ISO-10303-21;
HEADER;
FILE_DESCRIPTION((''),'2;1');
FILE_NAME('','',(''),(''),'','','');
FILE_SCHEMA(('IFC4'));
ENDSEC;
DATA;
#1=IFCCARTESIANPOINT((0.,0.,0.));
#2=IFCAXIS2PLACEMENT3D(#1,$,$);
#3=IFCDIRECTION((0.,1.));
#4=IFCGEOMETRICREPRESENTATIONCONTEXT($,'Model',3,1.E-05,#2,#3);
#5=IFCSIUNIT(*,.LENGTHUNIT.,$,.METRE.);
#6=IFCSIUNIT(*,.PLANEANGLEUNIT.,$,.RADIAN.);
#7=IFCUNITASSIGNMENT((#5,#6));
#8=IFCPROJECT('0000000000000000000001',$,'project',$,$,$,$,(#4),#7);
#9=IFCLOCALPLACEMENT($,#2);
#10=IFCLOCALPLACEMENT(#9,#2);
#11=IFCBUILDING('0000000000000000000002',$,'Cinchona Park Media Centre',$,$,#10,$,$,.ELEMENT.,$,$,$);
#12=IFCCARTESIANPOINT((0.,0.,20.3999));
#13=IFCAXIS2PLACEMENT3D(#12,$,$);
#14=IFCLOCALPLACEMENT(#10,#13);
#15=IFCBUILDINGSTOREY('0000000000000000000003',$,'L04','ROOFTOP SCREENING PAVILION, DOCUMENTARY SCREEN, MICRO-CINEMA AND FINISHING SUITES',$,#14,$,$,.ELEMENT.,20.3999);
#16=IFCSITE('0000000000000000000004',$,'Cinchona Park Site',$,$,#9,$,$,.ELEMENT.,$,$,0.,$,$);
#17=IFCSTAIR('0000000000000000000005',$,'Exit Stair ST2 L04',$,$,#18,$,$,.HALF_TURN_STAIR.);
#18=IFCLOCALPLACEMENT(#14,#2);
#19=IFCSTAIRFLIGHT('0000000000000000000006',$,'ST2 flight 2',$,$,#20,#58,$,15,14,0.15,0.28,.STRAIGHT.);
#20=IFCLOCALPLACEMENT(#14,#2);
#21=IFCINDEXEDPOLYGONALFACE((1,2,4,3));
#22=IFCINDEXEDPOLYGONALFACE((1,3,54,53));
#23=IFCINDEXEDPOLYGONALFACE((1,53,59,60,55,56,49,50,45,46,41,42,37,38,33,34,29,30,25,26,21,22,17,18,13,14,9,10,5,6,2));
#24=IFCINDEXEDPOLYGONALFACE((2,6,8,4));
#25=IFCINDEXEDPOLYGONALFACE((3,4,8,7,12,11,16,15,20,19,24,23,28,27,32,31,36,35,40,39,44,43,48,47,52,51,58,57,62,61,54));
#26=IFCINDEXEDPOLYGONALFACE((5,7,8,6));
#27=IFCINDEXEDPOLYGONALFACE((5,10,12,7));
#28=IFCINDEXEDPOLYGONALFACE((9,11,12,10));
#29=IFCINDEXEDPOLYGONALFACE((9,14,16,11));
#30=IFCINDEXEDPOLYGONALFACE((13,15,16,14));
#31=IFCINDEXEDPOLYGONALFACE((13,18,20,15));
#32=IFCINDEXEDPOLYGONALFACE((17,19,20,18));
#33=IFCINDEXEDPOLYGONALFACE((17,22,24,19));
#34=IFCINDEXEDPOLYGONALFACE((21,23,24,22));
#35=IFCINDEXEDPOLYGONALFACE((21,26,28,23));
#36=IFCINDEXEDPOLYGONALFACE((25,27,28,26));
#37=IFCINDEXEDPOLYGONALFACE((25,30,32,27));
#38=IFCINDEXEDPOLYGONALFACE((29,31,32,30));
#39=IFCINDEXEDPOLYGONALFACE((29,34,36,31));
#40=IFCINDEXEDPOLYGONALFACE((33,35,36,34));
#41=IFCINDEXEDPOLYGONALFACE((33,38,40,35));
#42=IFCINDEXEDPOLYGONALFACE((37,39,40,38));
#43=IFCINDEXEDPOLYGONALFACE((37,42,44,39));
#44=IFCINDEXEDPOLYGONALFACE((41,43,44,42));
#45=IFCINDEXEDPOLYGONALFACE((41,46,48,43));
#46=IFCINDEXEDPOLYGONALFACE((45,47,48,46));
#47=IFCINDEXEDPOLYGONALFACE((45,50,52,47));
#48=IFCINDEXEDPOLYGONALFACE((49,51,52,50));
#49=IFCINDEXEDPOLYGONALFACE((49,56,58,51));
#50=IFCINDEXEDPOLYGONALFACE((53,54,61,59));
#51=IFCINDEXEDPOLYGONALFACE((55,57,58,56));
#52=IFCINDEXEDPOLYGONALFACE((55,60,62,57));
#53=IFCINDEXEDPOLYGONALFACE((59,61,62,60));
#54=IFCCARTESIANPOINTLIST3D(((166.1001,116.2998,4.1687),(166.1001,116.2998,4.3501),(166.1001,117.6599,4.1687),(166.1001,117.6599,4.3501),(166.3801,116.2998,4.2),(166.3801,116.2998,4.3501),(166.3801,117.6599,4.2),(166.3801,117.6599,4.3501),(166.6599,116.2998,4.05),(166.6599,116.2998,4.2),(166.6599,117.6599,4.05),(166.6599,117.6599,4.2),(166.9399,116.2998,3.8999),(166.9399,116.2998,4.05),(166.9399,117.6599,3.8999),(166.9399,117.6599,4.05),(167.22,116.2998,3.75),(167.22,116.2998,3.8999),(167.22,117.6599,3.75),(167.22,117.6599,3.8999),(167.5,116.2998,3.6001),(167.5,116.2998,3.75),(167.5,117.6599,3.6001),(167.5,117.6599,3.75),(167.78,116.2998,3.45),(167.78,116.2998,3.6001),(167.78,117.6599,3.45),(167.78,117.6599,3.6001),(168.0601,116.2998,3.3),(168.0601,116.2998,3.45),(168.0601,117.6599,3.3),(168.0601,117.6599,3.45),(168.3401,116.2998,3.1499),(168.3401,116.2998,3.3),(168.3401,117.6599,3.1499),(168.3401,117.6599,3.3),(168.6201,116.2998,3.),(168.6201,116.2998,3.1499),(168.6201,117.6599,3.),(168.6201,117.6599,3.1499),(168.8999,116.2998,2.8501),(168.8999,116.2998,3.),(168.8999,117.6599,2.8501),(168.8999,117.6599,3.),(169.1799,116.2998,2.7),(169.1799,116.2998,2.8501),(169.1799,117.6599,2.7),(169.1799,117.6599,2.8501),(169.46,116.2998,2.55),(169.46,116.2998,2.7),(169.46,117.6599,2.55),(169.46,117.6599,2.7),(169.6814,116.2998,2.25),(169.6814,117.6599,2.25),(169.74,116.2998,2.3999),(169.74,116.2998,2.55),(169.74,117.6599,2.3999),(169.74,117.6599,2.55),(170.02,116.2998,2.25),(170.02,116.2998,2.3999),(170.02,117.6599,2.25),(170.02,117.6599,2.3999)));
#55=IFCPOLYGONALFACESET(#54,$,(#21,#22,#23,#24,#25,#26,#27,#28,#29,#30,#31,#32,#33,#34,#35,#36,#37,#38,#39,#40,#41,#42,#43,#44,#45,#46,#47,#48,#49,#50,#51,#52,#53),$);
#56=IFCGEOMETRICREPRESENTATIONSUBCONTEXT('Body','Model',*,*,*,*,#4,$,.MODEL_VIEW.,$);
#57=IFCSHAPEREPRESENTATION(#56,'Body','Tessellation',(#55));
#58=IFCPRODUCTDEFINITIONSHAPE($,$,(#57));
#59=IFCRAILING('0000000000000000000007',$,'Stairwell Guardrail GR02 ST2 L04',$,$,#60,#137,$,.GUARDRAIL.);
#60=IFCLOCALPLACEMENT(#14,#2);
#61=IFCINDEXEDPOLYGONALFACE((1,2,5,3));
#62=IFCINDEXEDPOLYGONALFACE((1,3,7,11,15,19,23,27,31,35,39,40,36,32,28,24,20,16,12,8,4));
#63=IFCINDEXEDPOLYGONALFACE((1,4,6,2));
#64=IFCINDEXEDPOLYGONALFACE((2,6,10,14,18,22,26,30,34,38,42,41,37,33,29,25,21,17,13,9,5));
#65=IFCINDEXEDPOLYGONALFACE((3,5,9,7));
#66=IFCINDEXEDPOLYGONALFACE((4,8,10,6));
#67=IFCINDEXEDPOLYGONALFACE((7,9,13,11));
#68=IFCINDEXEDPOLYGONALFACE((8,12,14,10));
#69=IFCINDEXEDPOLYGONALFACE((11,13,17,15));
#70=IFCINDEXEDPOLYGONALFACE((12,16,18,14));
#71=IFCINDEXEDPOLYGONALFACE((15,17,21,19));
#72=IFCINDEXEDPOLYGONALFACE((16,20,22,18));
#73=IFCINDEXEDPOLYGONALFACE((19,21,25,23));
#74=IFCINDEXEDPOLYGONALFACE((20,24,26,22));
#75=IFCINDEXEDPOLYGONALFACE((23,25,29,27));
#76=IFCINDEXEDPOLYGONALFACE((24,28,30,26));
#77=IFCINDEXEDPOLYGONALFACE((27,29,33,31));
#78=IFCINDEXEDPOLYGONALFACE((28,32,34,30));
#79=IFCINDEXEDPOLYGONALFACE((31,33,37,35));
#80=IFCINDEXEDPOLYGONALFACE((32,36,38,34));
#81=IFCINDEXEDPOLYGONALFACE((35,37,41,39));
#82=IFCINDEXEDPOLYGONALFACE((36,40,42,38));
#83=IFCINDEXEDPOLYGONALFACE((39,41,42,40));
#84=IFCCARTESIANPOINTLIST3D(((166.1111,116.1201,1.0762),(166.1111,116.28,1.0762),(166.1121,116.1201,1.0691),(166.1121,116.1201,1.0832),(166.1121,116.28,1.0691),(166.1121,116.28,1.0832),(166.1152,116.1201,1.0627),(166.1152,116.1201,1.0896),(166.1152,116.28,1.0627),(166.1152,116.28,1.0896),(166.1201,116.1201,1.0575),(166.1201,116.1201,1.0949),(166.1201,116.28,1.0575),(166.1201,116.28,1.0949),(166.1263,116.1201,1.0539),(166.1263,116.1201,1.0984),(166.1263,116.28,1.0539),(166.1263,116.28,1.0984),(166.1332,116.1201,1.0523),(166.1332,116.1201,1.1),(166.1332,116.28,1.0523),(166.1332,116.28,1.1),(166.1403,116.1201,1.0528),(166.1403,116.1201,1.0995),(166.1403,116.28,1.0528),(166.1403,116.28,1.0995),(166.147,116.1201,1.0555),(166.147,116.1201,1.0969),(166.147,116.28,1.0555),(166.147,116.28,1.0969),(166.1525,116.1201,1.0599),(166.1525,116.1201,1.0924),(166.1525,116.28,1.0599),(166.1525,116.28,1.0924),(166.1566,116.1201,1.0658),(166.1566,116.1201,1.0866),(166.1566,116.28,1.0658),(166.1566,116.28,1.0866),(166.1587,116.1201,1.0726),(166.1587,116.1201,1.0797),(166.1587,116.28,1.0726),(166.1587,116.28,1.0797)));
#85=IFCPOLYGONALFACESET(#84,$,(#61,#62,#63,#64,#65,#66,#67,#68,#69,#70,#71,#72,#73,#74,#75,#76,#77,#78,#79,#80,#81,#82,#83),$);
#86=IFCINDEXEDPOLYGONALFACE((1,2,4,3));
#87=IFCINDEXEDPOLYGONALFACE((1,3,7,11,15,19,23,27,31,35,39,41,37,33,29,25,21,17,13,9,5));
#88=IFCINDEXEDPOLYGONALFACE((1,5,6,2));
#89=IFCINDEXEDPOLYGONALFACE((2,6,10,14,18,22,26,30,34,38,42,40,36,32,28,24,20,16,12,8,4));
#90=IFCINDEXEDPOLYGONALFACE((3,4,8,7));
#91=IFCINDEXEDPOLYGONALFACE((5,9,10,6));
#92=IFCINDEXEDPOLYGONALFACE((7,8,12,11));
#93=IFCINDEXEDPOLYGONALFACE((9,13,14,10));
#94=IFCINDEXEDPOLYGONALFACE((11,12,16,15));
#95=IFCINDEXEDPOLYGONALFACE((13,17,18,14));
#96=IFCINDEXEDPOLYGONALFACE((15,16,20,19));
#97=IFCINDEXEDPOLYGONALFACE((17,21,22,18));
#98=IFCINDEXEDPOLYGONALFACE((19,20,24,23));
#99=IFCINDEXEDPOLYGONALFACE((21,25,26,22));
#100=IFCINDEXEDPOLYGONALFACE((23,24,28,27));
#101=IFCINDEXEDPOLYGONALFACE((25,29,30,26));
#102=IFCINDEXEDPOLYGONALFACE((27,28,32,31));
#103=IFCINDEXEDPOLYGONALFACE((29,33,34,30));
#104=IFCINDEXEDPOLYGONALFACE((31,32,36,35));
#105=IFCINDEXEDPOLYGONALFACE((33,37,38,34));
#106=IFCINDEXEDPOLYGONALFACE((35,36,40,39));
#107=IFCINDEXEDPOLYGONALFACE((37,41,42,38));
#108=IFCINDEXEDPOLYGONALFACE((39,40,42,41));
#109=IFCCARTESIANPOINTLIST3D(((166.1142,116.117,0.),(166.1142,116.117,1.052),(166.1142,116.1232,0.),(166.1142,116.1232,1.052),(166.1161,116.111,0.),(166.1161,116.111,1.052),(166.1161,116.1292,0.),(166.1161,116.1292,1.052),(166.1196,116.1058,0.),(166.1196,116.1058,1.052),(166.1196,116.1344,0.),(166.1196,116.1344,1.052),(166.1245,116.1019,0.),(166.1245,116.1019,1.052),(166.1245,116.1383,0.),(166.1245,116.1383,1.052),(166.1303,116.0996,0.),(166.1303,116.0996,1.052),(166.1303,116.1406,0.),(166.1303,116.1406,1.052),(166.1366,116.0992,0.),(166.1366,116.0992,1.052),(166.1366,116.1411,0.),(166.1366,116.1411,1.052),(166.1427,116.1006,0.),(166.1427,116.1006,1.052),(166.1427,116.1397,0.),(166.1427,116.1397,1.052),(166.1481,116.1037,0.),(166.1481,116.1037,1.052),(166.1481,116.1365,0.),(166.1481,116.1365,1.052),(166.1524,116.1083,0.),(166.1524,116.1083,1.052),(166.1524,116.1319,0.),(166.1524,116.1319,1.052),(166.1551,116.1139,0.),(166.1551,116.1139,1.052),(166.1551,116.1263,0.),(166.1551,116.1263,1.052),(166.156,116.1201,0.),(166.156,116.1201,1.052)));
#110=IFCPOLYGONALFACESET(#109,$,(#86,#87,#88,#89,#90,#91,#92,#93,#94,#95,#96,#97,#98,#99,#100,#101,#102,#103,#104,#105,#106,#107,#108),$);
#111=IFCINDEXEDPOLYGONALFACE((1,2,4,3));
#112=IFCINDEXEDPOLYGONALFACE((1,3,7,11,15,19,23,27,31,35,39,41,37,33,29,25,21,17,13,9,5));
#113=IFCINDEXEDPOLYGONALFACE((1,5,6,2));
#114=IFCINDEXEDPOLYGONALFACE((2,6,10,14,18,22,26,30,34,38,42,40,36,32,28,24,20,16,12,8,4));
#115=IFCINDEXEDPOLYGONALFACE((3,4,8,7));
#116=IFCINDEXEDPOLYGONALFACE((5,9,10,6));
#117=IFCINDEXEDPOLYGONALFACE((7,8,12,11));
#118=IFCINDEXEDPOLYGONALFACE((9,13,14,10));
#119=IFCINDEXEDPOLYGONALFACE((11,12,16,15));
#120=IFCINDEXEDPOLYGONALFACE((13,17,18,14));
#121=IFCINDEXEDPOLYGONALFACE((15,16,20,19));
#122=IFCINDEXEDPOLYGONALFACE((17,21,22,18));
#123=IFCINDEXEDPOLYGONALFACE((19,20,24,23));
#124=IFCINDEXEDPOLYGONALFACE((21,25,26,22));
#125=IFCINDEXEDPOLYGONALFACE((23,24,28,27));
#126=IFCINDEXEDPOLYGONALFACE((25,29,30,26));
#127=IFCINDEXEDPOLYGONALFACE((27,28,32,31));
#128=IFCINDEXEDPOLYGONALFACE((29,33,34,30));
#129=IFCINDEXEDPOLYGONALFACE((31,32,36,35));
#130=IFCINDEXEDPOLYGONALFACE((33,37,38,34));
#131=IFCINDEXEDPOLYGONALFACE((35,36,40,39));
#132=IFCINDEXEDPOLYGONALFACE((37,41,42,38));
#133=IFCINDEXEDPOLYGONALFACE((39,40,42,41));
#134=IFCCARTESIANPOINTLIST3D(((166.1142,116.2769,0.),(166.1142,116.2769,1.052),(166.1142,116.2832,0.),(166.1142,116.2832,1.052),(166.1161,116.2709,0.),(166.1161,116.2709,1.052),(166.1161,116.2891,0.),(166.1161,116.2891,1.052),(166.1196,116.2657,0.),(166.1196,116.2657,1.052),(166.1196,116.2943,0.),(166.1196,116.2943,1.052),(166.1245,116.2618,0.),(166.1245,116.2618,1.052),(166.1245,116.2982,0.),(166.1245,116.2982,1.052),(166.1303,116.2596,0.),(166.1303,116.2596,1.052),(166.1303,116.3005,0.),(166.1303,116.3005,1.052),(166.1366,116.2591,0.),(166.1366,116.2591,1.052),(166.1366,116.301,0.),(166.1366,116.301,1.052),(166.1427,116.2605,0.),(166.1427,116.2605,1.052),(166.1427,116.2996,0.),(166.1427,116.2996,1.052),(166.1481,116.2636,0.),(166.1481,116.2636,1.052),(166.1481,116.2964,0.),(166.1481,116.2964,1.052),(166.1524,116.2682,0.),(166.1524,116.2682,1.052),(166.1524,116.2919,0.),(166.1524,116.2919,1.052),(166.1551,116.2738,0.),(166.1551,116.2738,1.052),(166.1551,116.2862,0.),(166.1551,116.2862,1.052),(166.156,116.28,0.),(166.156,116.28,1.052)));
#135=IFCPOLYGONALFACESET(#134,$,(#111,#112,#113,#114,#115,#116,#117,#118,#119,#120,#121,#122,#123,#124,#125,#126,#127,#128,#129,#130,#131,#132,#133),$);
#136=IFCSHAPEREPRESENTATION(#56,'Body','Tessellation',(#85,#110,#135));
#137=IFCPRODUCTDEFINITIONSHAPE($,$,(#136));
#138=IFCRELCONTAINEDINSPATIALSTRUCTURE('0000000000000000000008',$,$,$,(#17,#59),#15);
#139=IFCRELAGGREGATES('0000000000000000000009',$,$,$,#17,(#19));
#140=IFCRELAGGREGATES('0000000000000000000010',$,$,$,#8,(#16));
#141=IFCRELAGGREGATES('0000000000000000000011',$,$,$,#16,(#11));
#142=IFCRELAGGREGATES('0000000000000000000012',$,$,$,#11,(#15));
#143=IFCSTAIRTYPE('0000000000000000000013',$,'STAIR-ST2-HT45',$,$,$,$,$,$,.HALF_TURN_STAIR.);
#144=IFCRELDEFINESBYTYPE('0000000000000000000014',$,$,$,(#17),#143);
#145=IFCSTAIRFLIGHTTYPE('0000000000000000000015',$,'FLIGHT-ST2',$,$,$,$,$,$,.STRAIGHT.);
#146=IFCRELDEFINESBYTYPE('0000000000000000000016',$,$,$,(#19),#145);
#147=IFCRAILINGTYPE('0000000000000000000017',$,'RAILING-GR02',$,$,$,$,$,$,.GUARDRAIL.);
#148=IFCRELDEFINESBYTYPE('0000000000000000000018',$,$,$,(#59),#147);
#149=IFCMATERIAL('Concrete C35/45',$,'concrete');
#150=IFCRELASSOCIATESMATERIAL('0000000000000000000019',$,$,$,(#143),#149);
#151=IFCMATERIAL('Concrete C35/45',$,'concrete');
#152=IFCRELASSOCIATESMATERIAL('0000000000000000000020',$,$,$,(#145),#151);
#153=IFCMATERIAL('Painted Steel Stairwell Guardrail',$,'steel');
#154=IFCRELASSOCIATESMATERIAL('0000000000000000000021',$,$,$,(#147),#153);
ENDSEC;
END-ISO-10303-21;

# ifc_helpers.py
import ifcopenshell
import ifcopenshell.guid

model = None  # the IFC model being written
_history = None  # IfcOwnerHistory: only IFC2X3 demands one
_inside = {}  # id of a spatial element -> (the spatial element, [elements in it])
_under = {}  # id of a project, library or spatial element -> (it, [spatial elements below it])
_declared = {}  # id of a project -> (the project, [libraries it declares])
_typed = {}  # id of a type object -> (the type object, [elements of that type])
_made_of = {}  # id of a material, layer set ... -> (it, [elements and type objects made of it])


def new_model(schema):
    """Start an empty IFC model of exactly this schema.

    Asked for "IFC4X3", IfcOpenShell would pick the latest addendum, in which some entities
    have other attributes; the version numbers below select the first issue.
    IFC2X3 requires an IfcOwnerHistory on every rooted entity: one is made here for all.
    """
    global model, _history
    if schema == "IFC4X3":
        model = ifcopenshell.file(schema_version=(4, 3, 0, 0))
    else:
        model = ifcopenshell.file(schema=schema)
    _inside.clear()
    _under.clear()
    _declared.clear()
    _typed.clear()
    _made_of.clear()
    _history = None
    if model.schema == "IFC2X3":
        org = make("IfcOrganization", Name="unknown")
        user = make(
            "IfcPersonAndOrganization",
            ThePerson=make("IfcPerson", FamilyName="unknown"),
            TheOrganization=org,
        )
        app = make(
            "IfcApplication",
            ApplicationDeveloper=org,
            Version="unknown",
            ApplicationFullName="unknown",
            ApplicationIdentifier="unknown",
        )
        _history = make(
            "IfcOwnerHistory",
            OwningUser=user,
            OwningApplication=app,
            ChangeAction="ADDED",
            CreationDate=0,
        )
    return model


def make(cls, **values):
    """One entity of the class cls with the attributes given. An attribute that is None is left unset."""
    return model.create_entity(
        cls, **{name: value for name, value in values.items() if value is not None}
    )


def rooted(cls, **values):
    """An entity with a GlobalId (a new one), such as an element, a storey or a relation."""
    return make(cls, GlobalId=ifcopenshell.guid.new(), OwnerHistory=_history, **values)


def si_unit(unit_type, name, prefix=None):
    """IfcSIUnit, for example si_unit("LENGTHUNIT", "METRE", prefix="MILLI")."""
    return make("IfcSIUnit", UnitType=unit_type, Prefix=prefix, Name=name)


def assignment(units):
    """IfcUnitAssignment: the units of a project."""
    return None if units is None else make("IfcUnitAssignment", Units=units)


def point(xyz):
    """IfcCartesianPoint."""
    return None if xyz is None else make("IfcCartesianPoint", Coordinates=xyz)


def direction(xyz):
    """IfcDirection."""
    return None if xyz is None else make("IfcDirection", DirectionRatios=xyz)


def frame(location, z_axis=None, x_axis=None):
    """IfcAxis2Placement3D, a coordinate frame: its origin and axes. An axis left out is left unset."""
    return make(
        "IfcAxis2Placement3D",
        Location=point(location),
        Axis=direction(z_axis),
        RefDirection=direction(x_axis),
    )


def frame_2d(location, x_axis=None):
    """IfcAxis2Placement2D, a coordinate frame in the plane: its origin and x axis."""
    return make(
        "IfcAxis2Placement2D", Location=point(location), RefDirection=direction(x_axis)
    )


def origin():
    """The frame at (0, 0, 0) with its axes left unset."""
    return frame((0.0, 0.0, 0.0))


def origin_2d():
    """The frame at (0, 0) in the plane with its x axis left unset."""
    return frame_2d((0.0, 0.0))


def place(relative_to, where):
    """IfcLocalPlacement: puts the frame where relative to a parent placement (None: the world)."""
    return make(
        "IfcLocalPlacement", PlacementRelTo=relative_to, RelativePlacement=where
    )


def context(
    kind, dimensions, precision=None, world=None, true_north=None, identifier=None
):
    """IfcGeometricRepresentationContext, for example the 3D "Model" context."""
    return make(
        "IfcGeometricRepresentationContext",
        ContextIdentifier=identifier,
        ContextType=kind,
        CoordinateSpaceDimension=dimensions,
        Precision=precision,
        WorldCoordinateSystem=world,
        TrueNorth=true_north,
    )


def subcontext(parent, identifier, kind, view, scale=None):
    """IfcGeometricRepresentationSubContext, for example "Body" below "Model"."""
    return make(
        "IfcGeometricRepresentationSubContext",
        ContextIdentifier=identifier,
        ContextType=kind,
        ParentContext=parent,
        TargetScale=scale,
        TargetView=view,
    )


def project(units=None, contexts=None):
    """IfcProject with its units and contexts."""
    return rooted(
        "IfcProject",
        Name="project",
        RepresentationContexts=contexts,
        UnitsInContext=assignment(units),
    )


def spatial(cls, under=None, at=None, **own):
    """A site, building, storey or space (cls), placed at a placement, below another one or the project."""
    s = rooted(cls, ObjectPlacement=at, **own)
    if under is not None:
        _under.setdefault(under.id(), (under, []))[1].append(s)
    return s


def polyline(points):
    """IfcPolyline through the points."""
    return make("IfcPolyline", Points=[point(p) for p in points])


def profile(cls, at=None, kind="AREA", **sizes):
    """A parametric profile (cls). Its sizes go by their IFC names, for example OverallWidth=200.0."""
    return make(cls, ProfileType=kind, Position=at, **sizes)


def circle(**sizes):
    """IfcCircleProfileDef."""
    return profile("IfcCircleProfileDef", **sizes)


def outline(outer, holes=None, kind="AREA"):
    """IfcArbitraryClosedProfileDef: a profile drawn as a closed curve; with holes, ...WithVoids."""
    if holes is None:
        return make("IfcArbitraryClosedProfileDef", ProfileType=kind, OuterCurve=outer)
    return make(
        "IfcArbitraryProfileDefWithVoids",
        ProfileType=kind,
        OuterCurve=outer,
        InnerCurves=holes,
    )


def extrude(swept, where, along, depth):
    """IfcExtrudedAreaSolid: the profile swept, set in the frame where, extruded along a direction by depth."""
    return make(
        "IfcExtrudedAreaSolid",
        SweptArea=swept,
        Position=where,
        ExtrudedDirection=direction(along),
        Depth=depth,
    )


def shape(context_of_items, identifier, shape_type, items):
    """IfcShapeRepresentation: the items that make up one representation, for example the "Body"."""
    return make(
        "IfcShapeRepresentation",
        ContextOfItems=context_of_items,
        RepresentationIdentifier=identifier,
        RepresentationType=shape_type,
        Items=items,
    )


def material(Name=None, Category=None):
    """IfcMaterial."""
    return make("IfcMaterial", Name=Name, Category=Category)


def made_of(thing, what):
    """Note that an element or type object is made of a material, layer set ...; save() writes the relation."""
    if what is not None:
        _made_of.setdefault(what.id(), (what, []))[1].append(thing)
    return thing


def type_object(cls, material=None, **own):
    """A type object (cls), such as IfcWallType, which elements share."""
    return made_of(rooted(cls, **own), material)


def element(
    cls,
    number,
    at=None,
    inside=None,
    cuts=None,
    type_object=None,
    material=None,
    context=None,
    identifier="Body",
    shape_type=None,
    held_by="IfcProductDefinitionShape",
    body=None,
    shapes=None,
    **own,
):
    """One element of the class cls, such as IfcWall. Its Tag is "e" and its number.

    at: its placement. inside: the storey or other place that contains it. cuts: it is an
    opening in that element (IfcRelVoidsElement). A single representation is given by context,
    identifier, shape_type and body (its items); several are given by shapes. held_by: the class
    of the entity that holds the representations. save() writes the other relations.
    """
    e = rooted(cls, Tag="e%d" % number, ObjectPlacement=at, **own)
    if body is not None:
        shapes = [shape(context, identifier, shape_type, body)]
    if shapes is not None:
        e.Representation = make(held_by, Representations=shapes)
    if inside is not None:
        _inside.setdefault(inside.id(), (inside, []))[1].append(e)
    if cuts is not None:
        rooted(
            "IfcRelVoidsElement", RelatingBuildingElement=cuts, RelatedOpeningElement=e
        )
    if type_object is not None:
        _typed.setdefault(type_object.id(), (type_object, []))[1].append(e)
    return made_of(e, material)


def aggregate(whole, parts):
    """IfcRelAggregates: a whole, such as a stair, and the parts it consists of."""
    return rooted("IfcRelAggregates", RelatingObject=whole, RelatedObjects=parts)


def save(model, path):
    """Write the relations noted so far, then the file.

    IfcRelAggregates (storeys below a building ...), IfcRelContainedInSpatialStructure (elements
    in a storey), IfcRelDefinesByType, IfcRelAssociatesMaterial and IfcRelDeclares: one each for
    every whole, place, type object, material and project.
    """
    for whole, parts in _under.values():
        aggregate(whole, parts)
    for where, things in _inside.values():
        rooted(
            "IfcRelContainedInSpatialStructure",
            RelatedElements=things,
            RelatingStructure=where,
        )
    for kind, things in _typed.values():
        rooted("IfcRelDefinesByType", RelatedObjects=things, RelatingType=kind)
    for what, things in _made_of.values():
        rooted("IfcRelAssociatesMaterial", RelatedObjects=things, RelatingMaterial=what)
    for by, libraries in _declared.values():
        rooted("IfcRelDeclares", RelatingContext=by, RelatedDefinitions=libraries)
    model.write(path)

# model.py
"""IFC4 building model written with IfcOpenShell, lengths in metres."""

from ifc_helpers import new_model, si_unit, direction, frame, origin, origin_2d, place, context, subcontext, project, spatial, polyline, circle, outline, extrude, material, type_object, element, aggregate, save


model = new_model("IFC4")

# Units and contexts
model_context = context("Model", 3, precision=1e-05, world=origin(), true_north=direction((0.0, 1.0)))
body_context = subcontext(model_context, "Body", "Model", "MODEL_VIEW")
ifc_project = project(units=[si_unit("LENGTHUNIT", "METRE"), si_unit("PLANEANGLEUNIT", "RADIAN")], contexts=[model_context])

# Site, building, storey
site_placement = place(None, origin())
site = spatial("IfcSite", under=ifc_project, at=site_placement, Name="Cinchona Park Site", CompositionType="ELEMENT", RefElevation=0.0)
building_placement = place(site_placement, origin())
building = spatial("IfcBuilding", under=site, at=building_placement, Name="Cinchona Park Media Centre", CompositionType="ELEMENT")
storey_placement = place(building_placement, frame((0.0, 0.0, 20.3999)))
storey = spatial("IfcBuildingStorey", under=building, at=storey_placement, Name="L04", Description="ROOFTOP SCREENING PAVILION, DOCUMENTARY SCREEN, MICRO-CINEMA AND FINISHING SUITES", CompositionType="ELEMENT", Elevation=20.3999)

# Stair, stair flight
ifc_material_1 = material(Name="Concrete C35/45", Category="concrete")
stair_type = type_object("IfcStairType", Name="STAIR-ST2-HT45", PredefinedType="HALF_TURN_STAIR", material=ifc_material_1)
stair_placement = place(storey_placement, origin())
stair = element("IfcStair", 1, at=stair_placement, inside=storey, type_object=stair_type, Name="Exit Stair ST2 L04", PredefinedType="HALF_TURN_STAIR")
ifc_material_2 = material(Name="Concrete C35/45", Category="concrete")
stair_flight_type = type_object("IfcStairFlightType", Name="FLIGHT-ST2", PredefinedType="STRAIGHT", material=ifc_material_2)
stair_flight_1_placement = place(storey_placement, frame((170.02, 116.98, 2.25), z_axis=(0.0, 0.0, 1.0), x_axis=(-1.0, 0.0, 0.0)))
stair_flight_1 = element("IfcStairFlight", 2, at=stair_flight_1_placement, type_object=stair_flight_type, Name="ST2 flight 2", NumberOfRisers=15, NumberOfTreads=14, PredefinedType="STRAIGHT", RiserHeight=0.15, TreadLength=0.28, context=body_context, shape_type="SweptSolid", body=[
    extrude(outline(polyline([(0.0, 0.0), (0.0, 0.1499), (0.28, 0.1499), (0.28, 0.3), (0.5601, 0.3), (0.5601, 0.45), (0.8401, 0.45), (0.8401, 0.6001), (1.1201, 0.6001), (1.1201, 0.75), (1.3999, 0.75), (1.3999, 0.8999), (1.6799, 0.8999), (1.6799, 1.05), (1.96, 1.05), (1.96, 1.2), (2.24, 1.2), (2.24, 1.3501), (2.52, 1.3501), (2.52, 1.5), (2.8, 1.5), (2.8, 1.6499), (3.0801, 1.6499), (3.0801, 1.8), (3.3601, 1.8), (3.3601, 1.95), (3.6399, 1.95), (3.6399, 2.1001), (3.9199, 2.1001), (3.9199, 2.25), (3.9199, 1.9187), (0.3386, 0.0), (0.0, 0.0)])), frame((0.0, 0.6802, 0.0), z_axis=(0.0, -1.0, 0.0), x_axis=(1.0, 0.0, 0.0)), (0.0, 0.0, 1.0), 1.3601),
])
aggregate(stair, [stair_flight_1])

# Railing
ifc_material_3 = material(Name="Painted Steel Stairwell Guardrail", Category="steel")
railing_type_1 = type_object("IfcRailingType", Name="RAILING-GR02", PredefinedType="GUARDRAIL", material=ifc_material_3)
for number, where, name in (
    (3, (166.135, 116.1201, 0.0), "Stairwell Guardrail GR02 ST2 L04"),
):
    element("IfcRailing", number, at=place(storey_placement, frame(where)), inside=storey, type_object=railing_type_1, Name=name, PredefinedType="GUARDRAIL", context=body_context, shape_type="SweptSolid", body=[
        extrude(circle(Radius=0.0239, at=origin_2d()), frame((0.0, 0.0, 1.0762), z_axis=(0.0, 1.0, 0.0), x_axis=(-1.0, 0.0, 0.0)), (0.0, 0.0, 1.0), 0.1599),
        extrude(circle(Radius=0.021, at=origin_2d()), origin(), (0.0, 0.0, 1.0), 1.052),
        extrude(circle(Radius=0.021, at=origin_2d()), frame((0.0, 0.1599, 0.0)), (0.0, 0.0, 1.0), 1.052),
    ])

save(model, "model.ifc")
